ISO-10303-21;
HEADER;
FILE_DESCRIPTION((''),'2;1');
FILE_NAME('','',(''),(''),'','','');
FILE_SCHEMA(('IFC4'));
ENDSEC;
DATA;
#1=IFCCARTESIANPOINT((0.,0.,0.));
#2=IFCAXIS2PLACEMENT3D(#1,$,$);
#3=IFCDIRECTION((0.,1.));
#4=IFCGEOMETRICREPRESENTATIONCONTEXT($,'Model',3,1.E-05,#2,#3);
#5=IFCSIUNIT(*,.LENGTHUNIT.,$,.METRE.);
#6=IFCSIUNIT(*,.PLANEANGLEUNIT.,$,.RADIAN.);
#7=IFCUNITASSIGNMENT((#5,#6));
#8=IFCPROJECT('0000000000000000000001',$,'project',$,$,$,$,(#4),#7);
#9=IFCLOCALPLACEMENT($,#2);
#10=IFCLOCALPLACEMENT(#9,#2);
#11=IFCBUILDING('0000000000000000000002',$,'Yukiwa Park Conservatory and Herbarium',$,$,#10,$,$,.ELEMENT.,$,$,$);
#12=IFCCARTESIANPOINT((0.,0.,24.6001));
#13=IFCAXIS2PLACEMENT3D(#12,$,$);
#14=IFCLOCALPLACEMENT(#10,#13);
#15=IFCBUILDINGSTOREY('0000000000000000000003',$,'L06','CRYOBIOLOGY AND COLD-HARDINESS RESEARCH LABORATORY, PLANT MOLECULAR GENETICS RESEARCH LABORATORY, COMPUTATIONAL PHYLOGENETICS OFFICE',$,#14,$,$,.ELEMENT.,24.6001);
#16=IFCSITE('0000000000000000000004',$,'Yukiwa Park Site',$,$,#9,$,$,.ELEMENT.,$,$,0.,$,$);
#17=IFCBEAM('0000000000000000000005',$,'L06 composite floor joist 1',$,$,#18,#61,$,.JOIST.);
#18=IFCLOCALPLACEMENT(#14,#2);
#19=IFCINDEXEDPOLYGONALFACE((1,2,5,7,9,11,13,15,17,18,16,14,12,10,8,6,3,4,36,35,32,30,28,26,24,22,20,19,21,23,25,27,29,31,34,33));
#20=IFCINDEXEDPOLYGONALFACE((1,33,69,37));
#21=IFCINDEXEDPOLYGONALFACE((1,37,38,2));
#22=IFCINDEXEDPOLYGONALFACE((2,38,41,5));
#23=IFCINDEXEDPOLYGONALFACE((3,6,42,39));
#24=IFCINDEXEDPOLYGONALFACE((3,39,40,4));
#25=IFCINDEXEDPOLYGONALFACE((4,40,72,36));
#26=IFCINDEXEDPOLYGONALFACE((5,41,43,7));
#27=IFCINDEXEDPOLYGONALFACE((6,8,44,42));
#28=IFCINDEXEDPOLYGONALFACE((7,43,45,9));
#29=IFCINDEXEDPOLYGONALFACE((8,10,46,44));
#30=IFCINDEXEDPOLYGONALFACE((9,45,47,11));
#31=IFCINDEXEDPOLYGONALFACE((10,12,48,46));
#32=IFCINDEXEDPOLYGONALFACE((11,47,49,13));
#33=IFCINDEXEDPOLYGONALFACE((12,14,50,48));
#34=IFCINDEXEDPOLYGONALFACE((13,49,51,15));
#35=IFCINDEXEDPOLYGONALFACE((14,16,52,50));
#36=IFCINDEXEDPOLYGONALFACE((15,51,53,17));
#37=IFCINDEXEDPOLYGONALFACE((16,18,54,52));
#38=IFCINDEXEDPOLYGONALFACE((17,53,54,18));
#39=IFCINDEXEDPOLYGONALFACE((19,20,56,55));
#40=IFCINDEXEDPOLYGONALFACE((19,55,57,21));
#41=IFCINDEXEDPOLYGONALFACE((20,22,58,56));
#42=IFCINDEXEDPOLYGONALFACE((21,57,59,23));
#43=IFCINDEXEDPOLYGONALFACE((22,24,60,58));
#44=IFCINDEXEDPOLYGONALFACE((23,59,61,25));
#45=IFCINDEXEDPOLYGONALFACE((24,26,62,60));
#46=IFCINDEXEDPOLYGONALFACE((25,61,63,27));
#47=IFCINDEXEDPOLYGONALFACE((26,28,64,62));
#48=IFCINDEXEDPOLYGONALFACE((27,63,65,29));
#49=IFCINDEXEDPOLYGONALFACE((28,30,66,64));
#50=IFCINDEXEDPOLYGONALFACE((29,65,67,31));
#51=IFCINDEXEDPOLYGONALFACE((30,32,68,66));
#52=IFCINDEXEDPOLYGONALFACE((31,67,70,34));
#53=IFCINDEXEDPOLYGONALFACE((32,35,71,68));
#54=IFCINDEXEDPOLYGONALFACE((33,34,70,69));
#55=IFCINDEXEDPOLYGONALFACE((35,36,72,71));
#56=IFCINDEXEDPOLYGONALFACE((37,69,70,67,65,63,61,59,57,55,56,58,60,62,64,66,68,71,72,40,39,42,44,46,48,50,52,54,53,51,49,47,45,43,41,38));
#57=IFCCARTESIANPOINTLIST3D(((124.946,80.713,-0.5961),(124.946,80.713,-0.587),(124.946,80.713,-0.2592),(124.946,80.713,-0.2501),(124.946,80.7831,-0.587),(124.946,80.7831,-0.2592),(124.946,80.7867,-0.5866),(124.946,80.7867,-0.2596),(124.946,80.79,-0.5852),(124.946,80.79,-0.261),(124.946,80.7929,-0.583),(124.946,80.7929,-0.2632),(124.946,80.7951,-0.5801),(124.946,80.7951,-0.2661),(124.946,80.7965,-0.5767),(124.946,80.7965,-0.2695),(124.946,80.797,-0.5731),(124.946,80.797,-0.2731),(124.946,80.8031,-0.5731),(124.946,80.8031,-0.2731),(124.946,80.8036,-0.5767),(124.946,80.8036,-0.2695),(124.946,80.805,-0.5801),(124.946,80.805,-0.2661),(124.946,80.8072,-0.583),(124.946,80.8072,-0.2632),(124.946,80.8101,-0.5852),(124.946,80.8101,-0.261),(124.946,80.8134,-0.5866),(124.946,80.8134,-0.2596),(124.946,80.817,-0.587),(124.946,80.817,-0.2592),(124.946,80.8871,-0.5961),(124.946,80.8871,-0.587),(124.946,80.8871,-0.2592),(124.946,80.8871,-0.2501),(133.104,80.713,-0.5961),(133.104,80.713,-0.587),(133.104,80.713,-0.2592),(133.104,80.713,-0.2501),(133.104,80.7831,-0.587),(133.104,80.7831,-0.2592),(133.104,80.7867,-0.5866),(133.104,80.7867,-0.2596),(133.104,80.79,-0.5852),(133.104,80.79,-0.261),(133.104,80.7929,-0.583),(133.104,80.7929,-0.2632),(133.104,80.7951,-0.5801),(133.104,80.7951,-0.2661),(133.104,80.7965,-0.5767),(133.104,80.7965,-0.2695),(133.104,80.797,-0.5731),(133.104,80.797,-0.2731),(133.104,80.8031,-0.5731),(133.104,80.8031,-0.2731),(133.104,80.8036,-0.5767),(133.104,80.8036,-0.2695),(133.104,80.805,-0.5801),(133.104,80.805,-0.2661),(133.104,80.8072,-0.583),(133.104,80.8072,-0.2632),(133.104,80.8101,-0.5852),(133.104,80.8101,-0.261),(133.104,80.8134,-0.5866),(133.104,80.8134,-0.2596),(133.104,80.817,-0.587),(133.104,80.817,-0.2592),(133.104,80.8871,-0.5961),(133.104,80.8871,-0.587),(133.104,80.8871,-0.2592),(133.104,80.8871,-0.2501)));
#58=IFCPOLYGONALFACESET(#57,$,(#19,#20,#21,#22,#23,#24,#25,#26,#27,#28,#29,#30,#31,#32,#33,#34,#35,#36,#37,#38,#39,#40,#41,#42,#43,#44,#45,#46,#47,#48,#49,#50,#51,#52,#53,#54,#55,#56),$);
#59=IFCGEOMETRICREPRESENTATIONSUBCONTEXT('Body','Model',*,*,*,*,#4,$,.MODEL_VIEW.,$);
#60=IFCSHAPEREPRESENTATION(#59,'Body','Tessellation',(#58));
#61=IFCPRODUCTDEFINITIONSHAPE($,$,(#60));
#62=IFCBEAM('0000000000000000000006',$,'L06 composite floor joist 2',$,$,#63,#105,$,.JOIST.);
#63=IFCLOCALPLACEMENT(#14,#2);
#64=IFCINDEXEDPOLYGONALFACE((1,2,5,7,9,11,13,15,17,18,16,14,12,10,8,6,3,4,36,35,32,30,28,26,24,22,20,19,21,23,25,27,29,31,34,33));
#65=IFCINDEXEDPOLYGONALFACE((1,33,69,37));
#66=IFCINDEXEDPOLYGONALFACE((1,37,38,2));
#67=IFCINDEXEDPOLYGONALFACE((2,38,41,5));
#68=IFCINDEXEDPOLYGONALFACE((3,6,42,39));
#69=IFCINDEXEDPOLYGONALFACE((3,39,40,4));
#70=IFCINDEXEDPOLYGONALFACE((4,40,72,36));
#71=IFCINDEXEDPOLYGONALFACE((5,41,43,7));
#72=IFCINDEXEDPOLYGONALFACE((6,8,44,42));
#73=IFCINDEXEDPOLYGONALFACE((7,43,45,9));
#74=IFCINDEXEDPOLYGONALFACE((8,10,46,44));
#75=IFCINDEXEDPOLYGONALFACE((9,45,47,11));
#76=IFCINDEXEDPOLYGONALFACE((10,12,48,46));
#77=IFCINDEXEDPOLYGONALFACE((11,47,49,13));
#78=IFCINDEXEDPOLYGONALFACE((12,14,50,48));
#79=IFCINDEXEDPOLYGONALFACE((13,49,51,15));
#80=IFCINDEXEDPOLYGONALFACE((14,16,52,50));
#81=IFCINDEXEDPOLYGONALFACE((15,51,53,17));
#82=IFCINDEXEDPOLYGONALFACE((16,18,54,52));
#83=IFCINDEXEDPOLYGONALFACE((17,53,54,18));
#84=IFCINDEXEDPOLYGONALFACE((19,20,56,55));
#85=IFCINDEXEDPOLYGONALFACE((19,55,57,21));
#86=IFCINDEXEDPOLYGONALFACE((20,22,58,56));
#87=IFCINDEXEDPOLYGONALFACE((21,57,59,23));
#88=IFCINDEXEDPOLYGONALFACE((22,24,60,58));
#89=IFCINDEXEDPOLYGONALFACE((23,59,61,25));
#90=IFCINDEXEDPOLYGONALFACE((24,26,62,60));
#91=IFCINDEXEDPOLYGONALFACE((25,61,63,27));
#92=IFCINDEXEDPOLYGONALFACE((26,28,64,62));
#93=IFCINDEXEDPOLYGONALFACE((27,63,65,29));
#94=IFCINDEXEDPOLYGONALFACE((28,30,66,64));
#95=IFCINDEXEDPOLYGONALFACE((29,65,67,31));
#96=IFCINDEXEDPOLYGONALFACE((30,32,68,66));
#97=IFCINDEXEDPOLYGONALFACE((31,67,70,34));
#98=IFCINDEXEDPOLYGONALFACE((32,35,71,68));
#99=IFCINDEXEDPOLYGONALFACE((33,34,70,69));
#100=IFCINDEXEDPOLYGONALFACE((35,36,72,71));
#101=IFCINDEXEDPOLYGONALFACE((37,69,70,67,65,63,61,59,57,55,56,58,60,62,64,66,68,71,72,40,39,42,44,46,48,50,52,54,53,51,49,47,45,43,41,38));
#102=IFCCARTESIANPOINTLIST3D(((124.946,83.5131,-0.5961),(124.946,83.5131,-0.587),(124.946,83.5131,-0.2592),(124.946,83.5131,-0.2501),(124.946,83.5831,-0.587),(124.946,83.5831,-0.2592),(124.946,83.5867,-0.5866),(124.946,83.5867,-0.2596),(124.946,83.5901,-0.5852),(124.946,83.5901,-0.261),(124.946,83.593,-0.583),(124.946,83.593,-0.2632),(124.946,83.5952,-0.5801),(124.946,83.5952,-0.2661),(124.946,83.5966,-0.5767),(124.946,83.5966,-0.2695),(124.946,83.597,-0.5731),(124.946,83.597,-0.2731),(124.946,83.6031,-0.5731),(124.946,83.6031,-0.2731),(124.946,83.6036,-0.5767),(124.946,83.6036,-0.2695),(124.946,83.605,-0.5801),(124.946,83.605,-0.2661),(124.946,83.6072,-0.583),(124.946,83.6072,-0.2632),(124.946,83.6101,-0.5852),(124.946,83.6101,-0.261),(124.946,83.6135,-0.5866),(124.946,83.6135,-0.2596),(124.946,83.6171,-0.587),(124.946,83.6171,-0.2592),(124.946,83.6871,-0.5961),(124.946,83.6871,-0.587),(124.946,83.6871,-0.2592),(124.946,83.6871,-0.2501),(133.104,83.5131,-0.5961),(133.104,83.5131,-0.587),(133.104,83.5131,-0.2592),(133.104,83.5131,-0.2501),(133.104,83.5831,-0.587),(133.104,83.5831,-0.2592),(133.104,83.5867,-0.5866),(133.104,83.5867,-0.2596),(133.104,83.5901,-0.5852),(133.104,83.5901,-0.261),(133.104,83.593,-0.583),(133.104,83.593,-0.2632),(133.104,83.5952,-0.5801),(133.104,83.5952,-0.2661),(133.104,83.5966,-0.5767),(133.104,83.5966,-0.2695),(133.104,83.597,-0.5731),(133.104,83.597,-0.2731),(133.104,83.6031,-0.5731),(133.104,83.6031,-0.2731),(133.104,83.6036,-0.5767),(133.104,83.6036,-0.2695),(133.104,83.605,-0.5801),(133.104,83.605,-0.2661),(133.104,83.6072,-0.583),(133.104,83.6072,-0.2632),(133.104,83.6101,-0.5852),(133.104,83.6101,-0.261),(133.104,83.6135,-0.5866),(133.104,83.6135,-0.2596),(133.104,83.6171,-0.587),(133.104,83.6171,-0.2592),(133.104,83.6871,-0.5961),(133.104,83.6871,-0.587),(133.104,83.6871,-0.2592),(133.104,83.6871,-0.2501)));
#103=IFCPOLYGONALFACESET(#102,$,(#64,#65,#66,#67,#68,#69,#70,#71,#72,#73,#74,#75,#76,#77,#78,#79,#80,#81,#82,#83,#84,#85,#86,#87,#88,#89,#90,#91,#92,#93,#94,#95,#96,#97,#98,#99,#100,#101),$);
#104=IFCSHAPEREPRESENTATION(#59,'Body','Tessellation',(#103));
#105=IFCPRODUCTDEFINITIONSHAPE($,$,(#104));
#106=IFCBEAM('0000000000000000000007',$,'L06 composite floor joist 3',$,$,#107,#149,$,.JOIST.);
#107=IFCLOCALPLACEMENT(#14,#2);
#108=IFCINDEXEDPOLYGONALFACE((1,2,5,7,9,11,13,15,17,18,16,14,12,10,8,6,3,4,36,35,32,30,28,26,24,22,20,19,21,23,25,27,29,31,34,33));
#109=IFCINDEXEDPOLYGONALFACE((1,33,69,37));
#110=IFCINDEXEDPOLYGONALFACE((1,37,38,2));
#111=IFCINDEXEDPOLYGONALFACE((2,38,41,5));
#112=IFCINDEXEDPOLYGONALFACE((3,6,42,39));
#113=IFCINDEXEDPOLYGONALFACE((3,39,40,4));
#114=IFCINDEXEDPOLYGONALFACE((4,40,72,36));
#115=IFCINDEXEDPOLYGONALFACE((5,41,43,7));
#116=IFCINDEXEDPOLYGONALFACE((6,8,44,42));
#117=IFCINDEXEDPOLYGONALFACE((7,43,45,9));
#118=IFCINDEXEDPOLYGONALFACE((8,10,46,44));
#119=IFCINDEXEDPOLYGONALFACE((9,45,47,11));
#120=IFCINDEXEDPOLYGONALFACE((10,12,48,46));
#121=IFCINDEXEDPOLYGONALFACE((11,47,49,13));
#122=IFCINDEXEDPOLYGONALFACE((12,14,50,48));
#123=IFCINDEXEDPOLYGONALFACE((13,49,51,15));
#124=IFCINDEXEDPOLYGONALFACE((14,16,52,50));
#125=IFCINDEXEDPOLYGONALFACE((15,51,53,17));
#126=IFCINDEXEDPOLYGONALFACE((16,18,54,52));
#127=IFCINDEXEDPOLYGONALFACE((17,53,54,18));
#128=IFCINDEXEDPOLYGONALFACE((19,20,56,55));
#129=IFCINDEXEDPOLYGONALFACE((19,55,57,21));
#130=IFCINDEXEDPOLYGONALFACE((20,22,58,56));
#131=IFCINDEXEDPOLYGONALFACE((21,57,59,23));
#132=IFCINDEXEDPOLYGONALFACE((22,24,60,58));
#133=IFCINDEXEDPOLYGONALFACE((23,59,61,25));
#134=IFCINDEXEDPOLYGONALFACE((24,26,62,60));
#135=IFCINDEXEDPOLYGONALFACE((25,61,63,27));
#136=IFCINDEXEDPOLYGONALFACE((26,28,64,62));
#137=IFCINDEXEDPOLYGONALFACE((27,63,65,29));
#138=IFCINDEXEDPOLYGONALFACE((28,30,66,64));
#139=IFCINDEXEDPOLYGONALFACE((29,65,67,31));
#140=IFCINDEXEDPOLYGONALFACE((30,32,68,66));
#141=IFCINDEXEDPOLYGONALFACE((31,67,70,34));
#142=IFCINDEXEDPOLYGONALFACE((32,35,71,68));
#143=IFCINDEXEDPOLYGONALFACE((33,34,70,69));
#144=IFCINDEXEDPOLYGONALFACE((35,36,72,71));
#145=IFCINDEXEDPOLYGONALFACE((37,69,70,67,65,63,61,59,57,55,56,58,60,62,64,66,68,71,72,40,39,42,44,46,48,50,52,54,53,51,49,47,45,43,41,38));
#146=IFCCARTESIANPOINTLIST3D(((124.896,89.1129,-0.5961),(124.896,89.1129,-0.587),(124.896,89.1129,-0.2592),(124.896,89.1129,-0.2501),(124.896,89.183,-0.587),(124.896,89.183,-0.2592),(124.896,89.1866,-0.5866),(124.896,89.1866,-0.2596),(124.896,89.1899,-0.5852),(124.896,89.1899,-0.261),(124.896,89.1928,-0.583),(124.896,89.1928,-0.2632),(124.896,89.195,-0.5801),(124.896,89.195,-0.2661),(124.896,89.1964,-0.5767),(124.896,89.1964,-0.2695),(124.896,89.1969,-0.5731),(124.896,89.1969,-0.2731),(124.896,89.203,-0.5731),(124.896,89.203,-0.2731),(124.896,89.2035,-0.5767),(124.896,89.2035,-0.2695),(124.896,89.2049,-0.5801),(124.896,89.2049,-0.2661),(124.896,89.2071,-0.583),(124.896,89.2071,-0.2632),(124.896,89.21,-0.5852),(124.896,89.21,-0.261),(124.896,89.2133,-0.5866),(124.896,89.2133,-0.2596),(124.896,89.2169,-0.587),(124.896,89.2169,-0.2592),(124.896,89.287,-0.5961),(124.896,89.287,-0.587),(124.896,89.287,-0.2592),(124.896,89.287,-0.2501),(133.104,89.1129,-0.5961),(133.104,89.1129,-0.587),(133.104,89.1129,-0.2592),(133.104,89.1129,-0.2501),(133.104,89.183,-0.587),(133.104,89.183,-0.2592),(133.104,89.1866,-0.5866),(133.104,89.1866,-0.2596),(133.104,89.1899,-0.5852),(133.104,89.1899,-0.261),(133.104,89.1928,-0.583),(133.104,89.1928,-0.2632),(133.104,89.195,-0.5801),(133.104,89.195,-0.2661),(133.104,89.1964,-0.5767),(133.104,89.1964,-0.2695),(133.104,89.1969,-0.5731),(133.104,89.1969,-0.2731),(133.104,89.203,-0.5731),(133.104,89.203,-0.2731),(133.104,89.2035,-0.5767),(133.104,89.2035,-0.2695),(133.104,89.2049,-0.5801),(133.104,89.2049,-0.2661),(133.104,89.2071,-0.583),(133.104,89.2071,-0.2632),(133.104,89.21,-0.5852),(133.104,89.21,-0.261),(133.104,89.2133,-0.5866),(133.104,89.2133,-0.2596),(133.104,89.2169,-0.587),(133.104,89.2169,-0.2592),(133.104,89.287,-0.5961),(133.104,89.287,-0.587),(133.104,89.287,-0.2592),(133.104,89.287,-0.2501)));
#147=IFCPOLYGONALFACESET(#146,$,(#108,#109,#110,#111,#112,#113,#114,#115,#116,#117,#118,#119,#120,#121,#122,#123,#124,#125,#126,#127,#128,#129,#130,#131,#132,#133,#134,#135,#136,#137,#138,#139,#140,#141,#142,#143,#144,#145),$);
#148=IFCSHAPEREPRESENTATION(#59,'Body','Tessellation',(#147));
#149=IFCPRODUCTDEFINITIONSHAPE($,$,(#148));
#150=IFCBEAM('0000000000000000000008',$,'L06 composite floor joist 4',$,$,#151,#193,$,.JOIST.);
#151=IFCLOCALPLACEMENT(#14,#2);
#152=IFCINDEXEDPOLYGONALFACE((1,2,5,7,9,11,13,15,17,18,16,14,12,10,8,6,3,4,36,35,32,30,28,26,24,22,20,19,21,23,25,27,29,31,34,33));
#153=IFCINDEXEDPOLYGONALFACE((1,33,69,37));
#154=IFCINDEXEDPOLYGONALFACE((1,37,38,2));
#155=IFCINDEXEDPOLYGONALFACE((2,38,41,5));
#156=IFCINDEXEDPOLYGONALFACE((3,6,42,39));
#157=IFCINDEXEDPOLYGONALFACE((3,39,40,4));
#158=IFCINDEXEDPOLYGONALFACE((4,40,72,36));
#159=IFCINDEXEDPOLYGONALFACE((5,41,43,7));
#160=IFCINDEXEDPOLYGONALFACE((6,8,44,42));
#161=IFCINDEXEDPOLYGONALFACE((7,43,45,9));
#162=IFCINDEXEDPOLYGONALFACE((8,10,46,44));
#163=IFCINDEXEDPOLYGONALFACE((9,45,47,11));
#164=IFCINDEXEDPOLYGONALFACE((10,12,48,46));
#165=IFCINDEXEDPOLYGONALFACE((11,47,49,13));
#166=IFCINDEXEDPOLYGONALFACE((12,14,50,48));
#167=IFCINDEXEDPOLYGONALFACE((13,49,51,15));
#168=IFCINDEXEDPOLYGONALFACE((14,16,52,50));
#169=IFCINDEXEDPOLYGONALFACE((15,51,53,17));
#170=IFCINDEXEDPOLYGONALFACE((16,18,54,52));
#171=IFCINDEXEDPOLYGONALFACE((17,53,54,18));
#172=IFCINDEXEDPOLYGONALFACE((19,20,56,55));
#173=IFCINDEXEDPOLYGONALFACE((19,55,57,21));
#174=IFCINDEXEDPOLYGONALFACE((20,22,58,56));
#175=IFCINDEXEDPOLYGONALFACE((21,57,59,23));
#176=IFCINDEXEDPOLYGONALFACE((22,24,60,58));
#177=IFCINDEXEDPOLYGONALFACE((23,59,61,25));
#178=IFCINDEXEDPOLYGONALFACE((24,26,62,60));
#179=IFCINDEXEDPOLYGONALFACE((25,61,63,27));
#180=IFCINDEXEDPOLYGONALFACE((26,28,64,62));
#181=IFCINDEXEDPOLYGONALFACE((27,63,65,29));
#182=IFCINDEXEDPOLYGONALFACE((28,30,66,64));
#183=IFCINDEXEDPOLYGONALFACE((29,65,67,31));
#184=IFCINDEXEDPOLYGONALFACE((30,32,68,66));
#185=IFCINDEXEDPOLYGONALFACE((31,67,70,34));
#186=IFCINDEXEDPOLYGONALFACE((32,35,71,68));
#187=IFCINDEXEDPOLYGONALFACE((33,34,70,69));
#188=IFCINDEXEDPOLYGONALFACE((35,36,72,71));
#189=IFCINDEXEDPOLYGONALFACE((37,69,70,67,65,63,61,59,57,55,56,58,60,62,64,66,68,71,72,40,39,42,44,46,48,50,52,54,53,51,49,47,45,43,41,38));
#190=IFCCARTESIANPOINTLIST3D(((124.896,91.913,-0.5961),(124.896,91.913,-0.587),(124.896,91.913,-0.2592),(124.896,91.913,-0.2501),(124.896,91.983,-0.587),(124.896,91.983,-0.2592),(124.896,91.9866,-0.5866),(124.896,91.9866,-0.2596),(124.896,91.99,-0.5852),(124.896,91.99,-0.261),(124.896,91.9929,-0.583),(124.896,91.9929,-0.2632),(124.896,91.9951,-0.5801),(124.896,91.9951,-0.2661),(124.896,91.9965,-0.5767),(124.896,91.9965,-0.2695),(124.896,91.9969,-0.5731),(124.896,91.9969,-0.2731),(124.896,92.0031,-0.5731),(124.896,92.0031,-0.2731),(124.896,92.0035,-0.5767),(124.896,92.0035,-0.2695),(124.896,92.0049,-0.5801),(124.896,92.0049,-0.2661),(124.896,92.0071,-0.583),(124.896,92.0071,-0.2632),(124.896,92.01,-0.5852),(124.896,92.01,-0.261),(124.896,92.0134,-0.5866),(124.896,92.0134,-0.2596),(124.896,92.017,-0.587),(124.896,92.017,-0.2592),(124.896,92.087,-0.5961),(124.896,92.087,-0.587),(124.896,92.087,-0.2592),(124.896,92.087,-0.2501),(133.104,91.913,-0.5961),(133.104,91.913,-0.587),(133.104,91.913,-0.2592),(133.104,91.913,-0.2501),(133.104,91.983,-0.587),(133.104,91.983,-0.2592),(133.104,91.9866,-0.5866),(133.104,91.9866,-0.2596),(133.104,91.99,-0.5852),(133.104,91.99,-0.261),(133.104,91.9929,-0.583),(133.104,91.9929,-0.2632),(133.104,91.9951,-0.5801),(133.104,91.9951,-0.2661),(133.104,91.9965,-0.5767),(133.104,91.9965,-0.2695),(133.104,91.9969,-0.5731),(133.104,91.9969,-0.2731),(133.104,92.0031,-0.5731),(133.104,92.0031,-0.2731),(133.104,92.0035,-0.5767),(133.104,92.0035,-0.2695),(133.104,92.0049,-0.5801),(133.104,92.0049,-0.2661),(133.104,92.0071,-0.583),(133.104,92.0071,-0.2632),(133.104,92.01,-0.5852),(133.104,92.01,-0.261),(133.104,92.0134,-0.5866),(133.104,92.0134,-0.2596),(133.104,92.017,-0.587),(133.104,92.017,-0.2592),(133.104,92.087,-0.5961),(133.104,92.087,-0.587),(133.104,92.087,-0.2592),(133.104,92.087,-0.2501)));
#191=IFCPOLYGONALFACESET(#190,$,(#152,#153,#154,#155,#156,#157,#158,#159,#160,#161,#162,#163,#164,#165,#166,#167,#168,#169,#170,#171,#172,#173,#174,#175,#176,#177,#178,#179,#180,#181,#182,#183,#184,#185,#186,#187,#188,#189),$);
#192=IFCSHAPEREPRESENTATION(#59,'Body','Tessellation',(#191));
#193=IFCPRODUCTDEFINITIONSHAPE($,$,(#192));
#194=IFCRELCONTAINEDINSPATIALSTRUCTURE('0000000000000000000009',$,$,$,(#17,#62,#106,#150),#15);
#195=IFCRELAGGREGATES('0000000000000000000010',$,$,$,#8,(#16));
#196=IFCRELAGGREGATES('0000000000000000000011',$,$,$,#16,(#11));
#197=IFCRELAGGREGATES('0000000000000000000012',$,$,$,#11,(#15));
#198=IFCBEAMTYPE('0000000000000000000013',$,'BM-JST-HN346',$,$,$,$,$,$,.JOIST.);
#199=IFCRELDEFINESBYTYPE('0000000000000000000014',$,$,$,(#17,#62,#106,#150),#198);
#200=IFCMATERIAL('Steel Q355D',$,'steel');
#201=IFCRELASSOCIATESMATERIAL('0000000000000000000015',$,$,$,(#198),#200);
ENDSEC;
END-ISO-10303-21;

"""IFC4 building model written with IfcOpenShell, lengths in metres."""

from ifc_helpers import new_model, si_unit, direction, frame, origin, origin_2d, place, context, subcontext, project, spatial, i_section, extrude, material, material_profile, profile_set, type_object, element, save


model = new_model("IFC4")

# Units and contexts
model_context = context("Model", 3, precision=1e-05, world=origin(), true_north=direction((0.0, 1.0)))
body_context = subcontext(model_context, "Body", "Model", "MODEL_VIEW")
ifc_project = project(units=[si_unit("LENGTHUNIT", "METRE"), si_unit("PLANEANGLEUNIT", "RADIAN")], contexts=[model_context])

# Site, building, storey
site_placement = place(None, origin())
site = spatial("IfcSite", under=ifc_project, at=site_placement, Name="Yukiwa Park Site", CompositionType="ELEMENT", RefElevation=0.0)
building_placement = place(site_placement, origin())
building = spatial("IfcBuilding", under=site, at=building_placement, Name="Yukiwa Park Conservatory and Herbarium", CompositionType="ELEMENT")
storey_placement = place(building_placement, frame((0.0, 0.0, 24.6001)))
storey = spatial("IfcBuildingStorey", under=building, at=storey_placement, Name="L06", Description="CRYOBIOLOGY AND COLD-HARDINESS RESEARCH LABORATORY, PLANT MOLECULAR GENETICS RESEARCH LABORATORY, COMPUTATIONAL PHYLOGENETICS OFFICE", CompositionType="ELEMENT", Elevation=24.6001)

# Beams
ifc_material_1 = material(Name="Steel Q355D", Category="steel")
ifc_material_profile_1 = material_profile(ifc_material_1, i_section(OverallWidth=0.1741, OverallDepth=0.3459, WebThickness=0.0061, FlangeThickness=0.009, FilletRadius=0.0139, at=origin_2d()), Name="HN 346x174x6x9")
ifc_profile_set_1 = profile_set([ifc_material_profile_1], Name="Steel Q355D")
beam_type_1 = type_object("IfcBeamType", Name="BM-JST-HN346", PredefinedType="JOIST", material=ifc_profile_set_1)
for number, where, z_axis, x_axis, name in (
    (1, (124.946, 80.8, -0.4231), (1.0, 0.0, 0.0), (0.0, 1.0, 0.0), "L06 composite floor joist 1"),
    (2, (124.946, 83.6001, -0.4231), (1.0, 0.0, 0.0), (0.0, 1.0, 0.0), "L06 composite floor joist 2"),
):
    element("IfcBeam", number, at=place(storey_placement, frame(where, z_axis=z_axis, x_axis=x_axis)), inside=storey, type_object=beam_type_1, Name=name, PredefinedType="JOIST", context=body_context, shape_type="SweptSolid", body=[
        extrude(i_section(OverallWidth=0.1741, OverallDepth=0.3459, WebThickness=0.0061, FlangeThickness=0.009, FilletRadius=0.0139, at=origin_2d()), origin(), (0.0, 0.0, 1.0), 8.158),
    ])
for number, where, z_axis, x_axis, name in (
    (3, (124.896, 89.2, -0.4231), (1.0, 0.0, 0.0), (0.0, 1.0, 0.0), "L06 composite floor joist 3"),
    (4, (124.896, 92.0, -0.4231), (1.0, 0.0, 0.0), (0.0, 1.0, 0.0), "L06 composite floor joist 4"),
):
    element("IfcBeam", number, at=place(storey_placement, frame(where, z_axis=z_axis, x_axis=x_axis)), inside=storey, type_object=beam_type_1, Name=name, PredefinedType="JOIST", context=body_context, shape_type="SweptSolid", body=[
        extrude(i_section(OverallWidth=0.1741, OverallDepth=0.3459, WebThickness=0.0061, FlangeThickness=0.009, FilletRadius=0.0139, at=origin_2d()), origin(), (0.0, 0.0, 1.0), 8.208),
    ])

save(model, "model.ifc")
